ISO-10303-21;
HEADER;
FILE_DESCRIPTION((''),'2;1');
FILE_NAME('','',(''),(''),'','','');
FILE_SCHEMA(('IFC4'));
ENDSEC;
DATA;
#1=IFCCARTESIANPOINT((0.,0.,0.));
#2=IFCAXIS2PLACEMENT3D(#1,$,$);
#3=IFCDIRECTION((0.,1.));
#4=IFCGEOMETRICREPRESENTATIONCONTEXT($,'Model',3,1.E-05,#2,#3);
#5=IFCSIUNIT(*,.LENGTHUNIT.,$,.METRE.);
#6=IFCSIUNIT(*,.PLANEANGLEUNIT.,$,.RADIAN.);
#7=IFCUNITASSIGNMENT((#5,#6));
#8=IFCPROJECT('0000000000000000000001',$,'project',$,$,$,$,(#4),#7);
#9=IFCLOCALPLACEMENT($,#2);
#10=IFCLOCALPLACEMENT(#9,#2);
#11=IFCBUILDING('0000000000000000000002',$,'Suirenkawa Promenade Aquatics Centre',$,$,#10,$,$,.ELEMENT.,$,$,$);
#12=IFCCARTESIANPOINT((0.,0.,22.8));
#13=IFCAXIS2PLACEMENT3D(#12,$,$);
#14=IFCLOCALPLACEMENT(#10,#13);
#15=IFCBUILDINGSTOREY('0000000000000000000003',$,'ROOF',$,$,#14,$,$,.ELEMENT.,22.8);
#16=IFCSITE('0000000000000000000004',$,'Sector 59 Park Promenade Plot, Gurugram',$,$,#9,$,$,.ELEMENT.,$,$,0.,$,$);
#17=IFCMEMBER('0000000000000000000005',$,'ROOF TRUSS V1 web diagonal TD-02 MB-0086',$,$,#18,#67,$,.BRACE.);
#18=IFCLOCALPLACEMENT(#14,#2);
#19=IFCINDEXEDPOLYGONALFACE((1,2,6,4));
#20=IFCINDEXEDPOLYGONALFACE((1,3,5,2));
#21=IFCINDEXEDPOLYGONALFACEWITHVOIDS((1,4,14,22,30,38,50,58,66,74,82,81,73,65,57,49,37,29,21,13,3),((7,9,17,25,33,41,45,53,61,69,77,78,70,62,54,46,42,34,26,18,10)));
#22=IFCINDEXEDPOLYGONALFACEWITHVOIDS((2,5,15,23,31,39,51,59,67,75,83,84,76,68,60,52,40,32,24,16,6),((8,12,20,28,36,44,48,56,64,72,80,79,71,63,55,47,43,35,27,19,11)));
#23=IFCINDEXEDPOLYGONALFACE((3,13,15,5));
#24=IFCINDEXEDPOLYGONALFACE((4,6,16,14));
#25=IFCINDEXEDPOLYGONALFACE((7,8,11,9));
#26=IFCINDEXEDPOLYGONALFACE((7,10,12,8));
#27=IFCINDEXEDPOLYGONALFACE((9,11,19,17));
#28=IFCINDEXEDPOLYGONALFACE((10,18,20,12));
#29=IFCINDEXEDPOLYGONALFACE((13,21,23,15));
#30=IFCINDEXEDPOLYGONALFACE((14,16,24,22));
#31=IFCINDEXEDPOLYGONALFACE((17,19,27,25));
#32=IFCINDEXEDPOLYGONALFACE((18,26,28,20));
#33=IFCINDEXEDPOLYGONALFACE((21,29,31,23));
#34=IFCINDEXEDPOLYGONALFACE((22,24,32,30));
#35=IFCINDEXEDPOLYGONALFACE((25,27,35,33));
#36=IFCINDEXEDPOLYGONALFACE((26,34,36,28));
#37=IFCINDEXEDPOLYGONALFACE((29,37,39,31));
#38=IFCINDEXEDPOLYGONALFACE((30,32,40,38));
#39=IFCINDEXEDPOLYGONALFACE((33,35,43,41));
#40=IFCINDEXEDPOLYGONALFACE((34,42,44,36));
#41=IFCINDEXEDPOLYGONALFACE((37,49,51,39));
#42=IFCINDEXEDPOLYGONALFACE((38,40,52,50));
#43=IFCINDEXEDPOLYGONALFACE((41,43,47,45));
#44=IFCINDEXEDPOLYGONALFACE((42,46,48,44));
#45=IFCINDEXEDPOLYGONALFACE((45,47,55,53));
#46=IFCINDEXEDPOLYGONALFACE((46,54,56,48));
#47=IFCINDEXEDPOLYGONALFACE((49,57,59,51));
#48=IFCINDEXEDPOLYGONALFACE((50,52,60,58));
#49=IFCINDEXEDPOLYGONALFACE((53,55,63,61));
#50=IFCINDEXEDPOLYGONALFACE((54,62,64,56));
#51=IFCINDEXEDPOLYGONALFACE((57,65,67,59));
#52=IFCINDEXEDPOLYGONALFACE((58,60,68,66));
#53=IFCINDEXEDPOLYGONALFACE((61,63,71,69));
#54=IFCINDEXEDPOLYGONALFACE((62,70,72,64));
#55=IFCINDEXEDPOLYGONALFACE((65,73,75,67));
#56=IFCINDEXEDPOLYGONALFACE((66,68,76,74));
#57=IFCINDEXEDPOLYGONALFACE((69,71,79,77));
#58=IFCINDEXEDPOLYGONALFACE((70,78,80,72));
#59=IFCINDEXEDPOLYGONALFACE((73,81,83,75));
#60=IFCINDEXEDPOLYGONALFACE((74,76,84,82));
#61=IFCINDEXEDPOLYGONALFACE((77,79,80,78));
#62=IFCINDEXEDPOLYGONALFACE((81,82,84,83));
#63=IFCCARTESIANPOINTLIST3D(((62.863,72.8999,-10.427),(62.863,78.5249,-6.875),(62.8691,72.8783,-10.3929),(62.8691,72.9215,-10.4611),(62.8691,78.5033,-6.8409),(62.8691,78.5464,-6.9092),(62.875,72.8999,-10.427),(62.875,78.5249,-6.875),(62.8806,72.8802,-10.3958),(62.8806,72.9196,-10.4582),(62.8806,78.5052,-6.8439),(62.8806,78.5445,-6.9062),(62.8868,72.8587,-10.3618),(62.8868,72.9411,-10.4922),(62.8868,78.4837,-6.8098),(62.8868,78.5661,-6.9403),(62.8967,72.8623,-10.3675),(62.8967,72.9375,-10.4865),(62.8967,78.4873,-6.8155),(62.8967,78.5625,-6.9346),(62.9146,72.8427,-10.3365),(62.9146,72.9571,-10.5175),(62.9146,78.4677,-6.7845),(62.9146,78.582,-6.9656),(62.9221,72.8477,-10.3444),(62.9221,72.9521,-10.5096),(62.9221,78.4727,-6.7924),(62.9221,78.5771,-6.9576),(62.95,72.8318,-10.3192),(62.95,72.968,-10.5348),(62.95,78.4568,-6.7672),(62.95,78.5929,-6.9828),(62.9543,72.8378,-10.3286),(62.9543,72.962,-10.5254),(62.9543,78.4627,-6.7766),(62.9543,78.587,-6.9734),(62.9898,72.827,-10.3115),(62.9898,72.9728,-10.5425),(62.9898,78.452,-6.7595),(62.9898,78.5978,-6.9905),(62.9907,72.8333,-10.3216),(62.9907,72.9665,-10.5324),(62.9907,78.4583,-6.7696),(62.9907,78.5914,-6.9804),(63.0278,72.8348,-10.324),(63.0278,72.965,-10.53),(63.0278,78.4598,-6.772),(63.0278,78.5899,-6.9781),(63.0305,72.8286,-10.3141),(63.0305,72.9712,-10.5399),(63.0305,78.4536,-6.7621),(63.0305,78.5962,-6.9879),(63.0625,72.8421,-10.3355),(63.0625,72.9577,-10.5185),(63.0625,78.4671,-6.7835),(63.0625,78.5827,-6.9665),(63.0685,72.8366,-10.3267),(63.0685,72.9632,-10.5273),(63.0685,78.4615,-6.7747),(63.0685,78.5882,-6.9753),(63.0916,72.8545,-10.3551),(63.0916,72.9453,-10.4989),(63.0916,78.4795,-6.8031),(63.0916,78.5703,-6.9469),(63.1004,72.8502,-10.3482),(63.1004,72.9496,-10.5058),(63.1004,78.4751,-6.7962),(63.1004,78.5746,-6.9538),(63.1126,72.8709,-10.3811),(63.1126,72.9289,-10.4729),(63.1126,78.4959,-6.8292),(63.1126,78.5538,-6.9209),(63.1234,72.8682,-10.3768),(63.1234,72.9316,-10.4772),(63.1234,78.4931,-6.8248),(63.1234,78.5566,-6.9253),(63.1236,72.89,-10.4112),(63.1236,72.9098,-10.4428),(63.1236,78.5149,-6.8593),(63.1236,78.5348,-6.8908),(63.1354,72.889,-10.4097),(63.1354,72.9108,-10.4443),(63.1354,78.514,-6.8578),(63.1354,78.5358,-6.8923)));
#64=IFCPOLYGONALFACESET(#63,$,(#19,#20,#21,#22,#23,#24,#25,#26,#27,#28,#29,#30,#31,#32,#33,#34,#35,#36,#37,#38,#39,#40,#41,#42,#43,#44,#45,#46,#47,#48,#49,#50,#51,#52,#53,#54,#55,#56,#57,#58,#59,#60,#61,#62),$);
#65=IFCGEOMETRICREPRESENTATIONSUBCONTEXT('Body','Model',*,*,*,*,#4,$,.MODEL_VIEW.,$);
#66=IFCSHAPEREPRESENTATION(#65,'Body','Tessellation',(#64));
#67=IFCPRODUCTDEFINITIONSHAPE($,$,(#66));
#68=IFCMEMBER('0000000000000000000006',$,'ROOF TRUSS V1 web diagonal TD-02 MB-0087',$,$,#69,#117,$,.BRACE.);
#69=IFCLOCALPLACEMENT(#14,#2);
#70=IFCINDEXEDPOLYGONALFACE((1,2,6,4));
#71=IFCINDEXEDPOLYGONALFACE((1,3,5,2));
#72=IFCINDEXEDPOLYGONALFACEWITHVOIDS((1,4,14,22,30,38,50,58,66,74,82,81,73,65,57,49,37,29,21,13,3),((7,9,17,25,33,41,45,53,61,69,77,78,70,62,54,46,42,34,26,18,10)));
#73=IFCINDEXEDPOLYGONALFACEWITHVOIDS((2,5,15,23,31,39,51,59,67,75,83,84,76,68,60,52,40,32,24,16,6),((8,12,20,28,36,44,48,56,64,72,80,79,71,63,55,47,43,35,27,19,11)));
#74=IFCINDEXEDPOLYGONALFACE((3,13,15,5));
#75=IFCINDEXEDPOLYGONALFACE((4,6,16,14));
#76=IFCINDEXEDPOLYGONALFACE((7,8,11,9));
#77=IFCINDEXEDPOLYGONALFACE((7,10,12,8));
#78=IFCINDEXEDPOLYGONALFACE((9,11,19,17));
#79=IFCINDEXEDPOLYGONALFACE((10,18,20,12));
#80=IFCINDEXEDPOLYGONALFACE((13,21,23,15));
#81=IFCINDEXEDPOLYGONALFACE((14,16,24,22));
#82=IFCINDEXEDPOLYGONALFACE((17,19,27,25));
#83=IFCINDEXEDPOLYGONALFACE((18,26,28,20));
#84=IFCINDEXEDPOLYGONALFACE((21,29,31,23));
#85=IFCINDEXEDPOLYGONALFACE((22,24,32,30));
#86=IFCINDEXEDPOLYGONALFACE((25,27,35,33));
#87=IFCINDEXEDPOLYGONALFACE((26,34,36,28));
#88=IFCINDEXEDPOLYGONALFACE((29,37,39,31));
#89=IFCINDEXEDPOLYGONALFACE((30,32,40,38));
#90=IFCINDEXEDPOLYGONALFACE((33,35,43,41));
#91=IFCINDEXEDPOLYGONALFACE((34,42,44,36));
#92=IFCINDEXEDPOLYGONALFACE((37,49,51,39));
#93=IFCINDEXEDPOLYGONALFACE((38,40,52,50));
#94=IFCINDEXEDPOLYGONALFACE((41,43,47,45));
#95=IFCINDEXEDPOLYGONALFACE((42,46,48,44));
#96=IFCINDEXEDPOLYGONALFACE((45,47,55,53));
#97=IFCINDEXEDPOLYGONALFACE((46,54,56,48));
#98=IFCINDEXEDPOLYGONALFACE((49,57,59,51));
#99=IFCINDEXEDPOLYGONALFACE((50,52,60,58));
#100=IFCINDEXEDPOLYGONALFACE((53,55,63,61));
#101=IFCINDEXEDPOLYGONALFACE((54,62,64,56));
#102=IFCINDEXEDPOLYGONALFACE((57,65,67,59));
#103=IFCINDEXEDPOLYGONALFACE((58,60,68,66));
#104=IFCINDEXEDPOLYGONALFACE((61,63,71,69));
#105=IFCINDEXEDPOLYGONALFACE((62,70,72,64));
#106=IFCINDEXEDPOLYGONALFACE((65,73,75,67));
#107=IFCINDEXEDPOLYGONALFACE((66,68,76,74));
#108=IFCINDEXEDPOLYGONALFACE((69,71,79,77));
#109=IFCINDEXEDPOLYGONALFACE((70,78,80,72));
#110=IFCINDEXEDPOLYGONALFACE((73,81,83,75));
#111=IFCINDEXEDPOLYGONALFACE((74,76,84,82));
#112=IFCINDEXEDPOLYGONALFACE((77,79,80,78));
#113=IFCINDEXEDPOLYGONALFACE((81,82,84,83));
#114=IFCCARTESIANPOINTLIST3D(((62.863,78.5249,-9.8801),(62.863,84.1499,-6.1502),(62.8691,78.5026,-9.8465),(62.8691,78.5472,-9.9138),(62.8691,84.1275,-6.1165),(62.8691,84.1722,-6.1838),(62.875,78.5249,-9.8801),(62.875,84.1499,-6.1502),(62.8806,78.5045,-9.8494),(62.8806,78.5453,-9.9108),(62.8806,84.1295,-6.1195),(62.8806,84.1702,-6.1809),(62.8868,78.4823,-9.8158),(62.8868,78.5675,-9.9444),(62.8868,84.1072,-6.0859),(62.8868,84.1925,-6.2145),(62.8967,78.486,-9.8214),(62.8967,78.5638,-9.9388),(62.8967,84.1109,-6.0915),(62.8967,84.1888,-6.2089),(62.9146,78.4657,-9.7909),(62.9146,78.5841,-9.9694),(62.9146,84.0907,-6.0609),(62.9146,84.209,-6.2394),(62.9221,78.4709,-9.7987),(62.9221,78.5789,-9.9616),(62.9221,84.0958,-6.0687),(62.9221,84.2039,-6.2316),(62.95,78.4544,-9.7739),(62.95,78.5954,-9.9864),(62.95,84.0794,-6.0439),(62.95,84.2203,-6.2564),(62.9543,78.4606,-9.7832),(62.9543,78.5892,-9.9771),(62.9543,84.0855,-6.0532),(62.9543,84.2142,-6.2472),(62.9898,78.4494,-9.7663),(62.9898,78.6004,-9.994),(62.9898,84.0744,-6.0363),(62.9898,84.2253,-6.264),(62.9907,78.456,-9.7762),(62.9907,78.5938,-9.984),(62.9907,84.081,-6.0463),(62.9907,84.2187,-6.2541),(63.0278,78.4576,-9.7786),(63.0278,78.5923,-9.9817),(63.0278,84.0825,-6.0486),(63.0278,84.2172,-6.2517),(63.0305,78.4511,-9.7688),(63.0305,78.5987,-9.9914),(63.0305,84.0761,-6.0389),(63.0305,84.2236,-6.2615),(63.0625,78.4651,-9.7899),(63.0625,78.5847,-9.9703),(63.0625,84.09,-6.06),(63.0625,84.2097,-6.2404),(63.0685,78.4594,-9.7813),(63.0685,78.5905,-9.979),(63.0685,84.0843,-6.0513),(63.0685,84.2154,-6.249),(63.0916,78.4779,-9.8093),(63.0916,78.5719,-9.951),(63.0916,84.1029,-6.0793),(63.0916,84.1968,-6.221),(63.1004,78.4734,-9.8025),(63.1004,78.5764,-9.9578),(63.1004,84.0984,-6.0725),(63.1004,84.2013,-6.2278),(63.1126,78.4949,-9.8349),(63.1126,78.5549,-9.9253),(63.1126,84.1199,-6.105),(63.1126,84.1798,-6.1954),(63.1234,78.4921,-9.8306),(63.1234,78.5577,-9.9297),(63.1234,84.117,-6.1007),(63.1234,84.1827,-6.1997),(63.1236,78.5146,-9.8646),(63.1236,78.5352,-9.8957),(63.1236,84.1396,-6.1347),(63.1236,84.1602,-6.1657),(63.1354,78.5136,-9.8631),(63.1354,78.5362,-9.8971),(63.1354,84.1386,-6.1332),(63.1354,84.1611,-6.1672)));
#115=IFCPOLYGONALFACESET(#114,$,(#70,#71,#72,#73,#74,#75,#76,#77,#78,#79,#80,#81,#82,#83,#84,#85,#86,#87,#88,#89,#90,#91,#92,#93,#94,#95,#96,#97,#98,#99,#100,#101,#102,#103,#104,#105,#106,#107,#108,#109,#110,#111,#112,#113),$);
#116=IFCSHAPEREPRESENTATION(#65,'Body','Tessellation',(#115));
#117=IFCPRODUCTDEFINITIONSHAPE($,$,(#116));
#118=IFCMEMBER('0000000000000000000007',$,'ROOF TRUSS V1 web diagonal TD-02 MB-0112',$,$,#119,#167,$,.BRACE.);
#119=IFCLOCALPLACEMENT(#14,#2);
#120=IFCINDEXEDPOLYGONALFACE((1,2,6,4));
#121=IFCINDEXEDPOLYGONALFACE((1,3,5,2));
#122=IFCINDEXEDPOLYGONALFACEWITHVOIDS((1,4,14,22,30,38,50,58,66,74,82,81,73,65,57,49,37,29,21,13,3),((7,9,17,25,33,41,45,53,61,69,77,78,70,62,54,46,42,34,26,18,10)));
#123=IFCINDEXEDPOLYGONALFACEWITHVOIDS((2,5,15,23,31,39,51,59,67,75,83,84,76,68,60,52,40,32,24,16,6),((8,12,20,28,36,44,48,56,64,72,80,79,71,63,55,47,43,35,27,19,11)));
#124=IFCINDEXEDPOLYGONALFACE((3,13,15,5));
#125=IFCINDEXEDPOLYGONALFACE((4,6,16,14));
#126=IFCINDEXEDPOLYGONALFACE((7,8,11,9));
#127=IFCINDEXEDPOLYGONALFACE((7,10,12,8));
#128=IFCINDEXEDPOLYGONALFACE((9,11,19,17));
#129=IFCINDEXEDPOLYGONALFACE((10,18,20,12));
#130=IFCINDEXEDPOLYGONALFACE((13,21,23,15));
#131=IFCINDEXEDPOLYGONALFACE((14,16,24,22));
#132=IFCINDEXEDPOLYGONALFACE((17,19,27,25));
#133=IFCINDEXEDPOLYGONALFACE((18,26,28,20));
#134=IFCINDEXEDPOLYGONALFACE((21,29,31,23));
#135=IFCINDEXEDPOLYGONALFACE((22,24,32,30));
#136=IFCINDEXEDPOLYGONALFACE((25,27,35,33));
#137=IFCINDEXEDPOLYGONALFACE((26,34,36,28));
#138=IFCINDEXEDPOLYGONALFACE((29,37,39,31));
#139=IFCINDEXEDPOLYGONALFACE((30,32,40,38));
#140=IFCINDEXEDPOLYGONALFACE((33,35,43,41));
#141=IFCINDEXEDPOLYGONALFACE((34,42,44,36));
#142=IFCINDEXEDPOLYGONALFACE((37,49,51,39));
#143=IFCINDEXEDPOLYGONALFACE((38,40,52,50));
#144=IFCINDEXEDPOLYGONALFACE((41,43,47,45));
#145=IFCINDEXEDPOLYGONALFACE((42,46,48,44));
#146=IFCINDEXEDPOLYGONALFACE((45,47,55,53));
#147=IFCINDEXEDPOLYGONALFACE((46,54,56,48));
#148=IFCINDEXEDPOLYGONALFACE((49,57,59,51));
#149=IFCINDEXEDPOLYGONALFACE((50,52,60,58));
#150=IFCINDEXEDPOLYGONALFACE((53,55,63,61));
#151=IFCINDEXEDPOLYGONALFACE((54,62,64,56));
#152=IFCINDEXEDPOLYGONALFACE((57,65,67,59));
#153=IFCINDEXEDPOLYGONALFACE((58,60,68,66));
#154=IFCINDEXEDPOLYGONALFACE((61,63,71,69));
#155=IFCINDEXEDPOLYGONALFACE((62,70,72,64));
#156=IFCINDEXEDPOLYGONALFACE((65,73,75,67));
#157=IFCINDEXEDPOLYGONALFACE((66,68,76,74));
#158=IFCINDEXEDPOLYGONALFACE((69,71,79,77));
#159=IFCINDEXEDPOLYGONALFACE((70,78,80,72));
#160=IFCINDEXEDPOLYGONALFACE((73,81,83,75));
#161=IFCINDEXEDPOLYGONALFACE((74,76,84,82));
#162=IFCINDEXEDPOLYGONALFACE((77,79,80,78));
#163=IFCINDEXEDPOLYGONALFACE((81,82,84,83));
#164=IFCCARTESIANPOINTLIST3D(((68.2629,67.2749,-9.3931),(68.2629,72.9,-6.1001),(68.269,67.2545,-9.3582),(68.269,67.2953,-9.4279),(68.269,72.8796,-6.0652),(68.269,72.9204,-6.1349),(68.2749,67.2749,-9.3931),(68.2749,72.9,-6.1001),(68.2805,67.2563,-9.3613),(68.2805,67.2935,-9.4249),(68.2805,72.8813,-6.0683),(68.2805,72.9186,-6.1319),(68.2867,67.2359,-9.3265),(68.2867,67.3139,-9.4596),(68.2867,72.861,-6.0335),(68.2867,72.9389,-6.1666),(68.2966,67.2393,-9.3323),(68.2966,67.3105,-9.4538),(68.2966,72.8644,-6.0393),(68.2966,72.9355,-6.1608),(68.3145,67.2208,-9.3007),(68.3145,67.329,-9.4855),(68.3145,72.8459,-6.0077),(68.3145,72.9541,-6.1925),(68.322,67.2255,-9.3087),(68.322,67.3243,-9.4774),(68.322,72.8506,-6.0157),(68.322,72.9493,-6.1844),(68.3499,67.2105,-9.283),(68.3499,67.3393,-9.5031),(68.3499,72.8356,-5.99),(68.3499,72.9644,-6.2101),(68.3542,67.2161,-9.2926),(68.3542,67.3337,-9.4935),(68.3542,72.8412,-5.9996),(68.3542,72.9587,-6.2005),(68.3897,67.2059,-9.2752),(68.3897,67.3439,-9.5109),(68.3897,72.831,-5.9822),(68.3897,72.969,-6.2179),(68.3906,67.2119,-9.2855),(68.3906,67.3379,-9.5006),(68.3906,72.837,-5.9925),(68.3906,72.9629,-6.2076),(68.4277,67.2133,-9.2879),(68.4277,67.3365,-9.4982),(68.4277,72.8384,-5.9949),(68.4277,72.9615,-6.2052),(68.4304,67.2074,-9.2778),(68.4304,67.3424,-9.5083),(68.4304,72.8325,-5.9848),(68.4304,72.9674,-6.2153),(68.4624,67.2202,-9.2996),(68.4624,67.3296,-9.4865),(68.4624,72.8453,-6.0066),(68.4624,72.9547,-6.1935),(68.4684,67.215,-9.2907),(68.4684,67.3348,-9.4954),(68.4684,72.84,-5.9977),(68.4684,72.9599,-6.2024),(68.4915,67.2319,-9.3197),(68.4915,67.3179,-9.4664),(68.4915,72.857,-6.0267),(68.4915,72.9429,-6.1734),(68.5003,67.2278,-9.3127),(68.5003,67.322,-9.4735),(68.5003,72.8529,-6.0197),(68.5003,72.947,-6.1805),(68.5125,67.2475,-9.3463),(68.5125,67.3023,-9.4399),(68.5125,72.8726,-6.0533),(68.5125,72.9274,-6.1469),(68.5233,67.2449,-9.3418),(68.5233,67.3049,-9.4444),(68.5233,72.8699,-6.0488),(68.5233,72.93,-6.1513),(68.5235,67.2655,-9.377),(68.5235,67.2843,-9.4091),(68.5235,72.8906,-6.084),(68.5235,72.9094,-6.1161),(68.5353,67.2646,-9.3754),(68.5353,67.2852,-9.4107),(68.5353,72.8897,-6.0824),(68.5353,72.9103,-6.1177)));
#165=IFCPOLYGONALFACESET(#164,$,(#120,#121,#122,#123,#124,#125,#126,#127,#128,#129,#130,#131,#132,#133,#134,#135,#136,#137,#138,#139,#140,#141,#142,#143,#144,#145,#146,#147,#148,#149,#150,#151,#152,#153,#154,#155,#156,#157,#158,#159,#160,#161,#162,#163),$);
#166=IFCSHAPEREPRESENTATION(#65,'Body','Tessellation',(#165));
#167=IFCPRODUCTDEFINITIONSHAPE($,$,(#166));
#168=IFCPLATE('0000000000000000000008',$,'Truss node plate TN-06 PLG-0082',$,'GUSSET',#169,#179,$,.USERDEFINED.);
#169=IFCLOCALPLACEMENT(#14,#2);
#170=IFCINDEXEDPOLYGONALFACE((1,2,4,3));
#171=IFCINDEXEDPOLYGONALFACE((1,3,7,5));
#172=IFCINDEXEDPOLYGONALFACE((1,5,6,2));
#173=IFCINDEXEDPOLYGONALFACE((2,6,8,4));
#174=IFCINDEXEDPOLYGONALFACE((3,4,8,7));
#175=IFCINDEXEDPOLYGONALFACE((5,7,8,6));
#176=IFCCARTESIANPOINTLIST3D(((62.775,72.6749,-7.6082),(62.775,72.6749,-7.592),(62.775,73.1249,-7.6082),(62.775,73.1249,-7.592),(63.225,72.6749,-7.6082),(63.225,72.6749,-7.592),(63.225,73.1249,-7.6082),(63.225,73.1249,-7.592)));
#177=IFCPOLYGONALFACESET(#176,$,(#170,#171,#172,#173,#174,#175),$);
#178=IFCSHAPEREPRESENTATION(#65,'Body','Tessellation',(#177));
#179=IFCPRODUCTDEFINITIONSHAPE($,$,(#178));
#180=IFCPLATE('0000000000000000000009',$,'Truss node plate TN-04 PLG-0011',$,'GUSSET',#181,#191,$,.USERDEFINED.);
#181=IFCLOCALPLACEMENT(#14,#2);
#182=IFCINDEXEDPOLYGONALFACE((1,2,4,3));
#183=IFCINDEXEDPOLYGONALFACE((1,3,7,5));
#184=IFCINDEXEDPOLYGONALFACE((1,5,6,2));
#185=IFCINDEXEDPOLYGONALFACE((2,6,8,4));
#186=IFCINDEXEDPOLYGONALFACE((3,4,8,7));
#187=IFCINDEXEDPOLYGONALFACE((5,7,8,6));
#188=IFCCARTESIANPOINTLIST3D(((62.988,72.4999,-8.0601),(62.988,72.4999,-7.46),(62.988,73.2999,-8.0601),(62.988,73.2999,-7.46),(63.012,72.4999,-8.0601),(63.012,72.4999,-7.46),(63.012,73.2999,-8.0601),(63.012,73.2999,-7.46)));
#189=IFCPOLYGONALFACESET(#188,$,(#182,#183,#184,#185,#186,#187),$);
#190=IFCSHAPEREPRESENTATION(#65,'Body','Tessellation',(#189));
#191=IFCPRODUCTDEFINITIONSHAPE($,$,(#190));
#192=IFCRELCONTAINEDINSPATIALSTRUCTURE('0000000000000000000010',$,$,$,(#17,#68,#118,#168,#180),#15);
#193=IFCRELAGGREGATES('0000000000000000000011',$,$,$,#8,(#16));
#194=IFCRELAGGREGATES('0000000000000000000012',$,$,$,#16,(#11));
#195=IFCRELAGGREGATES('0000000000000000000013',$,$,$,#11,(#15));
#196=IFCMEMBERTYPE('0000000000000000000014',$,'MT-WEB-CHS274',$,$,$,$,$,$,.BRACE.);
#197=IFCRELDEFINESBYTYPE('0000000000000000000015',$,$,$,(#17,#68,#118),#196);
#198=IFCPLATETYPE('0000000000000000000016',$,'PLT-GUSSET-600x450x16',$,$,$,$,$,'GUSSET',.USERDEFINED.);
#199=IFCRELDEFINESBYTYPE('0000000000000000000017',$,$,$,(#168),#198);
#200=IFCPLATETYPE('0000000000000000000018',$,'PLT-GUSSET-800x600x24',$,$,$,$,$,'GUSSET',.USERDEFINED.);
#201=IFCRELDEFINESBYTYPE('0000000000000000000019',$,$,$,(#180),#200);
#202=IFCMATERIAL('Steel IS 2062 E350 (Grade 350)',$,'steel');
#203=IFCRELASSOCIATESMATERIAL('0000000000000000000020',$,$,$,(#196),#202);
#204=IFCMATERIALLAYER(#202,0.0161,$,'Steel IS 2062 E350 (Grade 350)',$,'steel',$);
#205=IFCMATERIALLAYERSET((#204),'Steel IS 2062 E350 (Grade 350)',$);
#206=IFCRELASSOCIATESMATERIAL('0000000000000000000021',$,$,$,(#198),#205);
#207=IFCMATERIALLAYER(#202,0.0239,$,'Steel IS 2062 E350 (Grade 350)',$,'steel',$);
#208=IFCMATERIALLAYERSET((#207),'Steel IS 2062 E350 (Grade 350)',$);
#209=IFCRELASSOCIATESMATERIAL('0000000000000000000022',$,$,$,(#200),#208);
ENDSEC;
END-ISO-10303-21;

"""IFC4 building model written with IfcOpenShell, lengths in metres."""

from ifc_helpers import new_model, si_unit, direction, frame, origin, origin_2d, place, context, subcontext, project, spatial, rectangle, hollow_circle, extrude, material, layer, layer_set, material_profile, profile_set, type_object, element, save


model = new_model("IFC4")

# Units and contexts
model_context = context("Model", 3, precision=1e-05, world=origin(), true_north=direction((0.0, 1.0)))
body_context = subcontext(model_context, "Body", "Model", "MODEL_VIEW")
ifc_project = project(units=[si_unit("LENGTHUNIT", "METRE"), si_unit("PLANEANGLEUNIT", "RADIAN")], contexts=[model_context])

# Site, building, storey
site_placement = place(None, origin())
site = spatial("IfcSite", under=ifc_project, at=site_placement, Name="Sector 59 Park Promenade Plot, Gurugram", CompositionType="ELEMENT", RefElevation=0.0)
building_placement = place(site_placement, origin())
building = spatial("IfcBuilding", under=site, at=building_placement, Name="Suirenkawa Promenade Aquatics Centre", CompositionType="ELEMENT")
storey_placement = place(building_placement, frame((0.0, 0.0, 22.8)))
storey = spatial("IfcBuildingStorey", under=building, at=storey_placement, Name="ROOF", CompositionType="ELEMENT", Elevation=22.8)

# Shared definitions
ifc_material = material(Name="Steel IS 2062 E350 (Grade 350)", Category="steel")

# Members
ifc_material_profile_1 = material_profile(ifc_material, hollow_circle(Radius=0.137, WallThickness=0.012, at=origin_2d()), Name="CHS 274x12", Category="steel")
ifc_profile_set_1 = profile_set([ifc_material_profile_1], Name="Steel IS 2062 E350 (Grade 350)")
member_type_1 = type_object("IfcMemberType", Name="MT-WEB-CHS274", PredefinedType="BRACE", material=ifc_profile_set_1)
member_1_placement = place(storey_placement, frame((63.0, 72.8999, -10.427), z_axis=(0.0, 0.845532, 0.533925), x_axis=(-1.0, 0.0, 0.0)))
element("IfcMember", 1, at=member_1_placement, inside=storey, type_object=member_type_1, Name="ROOF TRUSS V1 web diagonal TD-02 MB-0086", PredefinedType="BRACE", context=body_context, shape_type="SweptSolid", body=[
    extrude(hollow_circle(Radius=0.137, WallThickness=0.012, at=origin_2d()), origin(), (0.0, 0.0, 1.0), 6.6526),
])
member_2_placement = place(storey_placement, frame((63.0, 78.5249, -9.8801), z_axis=(0.0, 0.833417, 0.552645), x_axis=(-1.0, 0.0, 0.0)))
element("IfcMember", 2, at=member_2_placement, inside=storey, type_object=member_type_1, Name="ROOF TRUSS V1 web diagonal TD-02 MB-0087", PredefinedType="BRACE", context=body_context, shape_type="SweptSolid", body=[
    extrude(hollow_circle(Radius=0.137, WallThickness=0.012, at=origin_2d()), origin(), (0.0, 0.0, 1.0), 6.7493),
])
member_3_placement = place(storey_placement, frame((68.3999, 67.2749, -9.3931), z_axis=(0.0, 0.862995, 0.505212), x_axis=(-1.0, 0.0, 0.0)))
element("IfcMember", 3, at=member_3_placement, inside=storey, type_object=member_type_1, Name="ROOF TRUSS V1 web diagonal TD-02 MB-0112", PredefinedType="BRACE", context=body_context, shape_type="SweptSolid", body=[
    extrude(hollow_circle(Radius=0.137, WallThickness=0.012, at=origin_2d()), origin(), (0.0, 0.0, 1.0), 6.5181),
])

# Plates
ifc_layer_1 = layer(ifc_material, 0.0161, Name="Steel IS 2062 E350 (Grade 350)", Category="steel")
ifc_layer_set_1 = layer_set([ifc_layer_1], Name="Steel IS 2062 E350 (Grade 350)")
plate_type_1 = type_object("IfcPlateType", Name="PLT-GUSSET-600x450x16", ElementType="GUSSET", PredefinedType="USERDEFINED", material=ifc_layer_set_1)
plate_1_placement = place(storey_placement, frame((63.0, 72.8999, -7.6082), z_axis=(0.0, 0.0, 1.0), x_axis=(1.0, 0.0, 0.0)))
element("IfcPlate", 4, at=plate_1_placement, inside=storey, type_object=plate_type_1, Name="Truss node plate TN-06 PLG-0082", ObjectType="GUSSET", PredefinedType="USERDEFINED", context=body_context, shape_type="SweptSolid", body=[
    extrude(rectangle(XDim=0.45, YDim=0.45, at=origin_2d()), origin(), (0.0, 0.0, 1.0), 0.0161),
])
ifc_layer_2 = layer(ifc_material, 0.0239, Name="Steel IS 2062 E350 (Grade 350)", Category="steel")
ifc_layer_set_2 = layer_set([ifc_layer_2], Name="Steel IS 2062 E350 (Grade 350)")
plate_type_2 = type_object("IfcPlateType", Name="PLT-GUSSET-800x600x24", ElementType="GUSSET", PredefinedType="USERDEFINED", material=ifc_layer_set_2)
plate_2_placement = place(storey_placement, frame((63.0, 72.8999, -8.0601), z_axis=(0.0, 0.0, 1.0), x_axis=(0.0, 1.0, 0.0)))
element("IfcPlate", 5, at=plate_2_placement, inside=storey, type_object=plate_type_2, Name="Truss node plate TN-04 PLG-0011", ObjectType="GUSSET", PredefinedType="USERDEFINED", context=body_context, shape_type="SweptSolid", body=[
    extrude(rectangle(XDim=0.8, YDim=0.0239, at=origin_2d()), origin(), (0.0, 0.0, 1.0), 0.6001),
])

save(model, "model.ifc")
